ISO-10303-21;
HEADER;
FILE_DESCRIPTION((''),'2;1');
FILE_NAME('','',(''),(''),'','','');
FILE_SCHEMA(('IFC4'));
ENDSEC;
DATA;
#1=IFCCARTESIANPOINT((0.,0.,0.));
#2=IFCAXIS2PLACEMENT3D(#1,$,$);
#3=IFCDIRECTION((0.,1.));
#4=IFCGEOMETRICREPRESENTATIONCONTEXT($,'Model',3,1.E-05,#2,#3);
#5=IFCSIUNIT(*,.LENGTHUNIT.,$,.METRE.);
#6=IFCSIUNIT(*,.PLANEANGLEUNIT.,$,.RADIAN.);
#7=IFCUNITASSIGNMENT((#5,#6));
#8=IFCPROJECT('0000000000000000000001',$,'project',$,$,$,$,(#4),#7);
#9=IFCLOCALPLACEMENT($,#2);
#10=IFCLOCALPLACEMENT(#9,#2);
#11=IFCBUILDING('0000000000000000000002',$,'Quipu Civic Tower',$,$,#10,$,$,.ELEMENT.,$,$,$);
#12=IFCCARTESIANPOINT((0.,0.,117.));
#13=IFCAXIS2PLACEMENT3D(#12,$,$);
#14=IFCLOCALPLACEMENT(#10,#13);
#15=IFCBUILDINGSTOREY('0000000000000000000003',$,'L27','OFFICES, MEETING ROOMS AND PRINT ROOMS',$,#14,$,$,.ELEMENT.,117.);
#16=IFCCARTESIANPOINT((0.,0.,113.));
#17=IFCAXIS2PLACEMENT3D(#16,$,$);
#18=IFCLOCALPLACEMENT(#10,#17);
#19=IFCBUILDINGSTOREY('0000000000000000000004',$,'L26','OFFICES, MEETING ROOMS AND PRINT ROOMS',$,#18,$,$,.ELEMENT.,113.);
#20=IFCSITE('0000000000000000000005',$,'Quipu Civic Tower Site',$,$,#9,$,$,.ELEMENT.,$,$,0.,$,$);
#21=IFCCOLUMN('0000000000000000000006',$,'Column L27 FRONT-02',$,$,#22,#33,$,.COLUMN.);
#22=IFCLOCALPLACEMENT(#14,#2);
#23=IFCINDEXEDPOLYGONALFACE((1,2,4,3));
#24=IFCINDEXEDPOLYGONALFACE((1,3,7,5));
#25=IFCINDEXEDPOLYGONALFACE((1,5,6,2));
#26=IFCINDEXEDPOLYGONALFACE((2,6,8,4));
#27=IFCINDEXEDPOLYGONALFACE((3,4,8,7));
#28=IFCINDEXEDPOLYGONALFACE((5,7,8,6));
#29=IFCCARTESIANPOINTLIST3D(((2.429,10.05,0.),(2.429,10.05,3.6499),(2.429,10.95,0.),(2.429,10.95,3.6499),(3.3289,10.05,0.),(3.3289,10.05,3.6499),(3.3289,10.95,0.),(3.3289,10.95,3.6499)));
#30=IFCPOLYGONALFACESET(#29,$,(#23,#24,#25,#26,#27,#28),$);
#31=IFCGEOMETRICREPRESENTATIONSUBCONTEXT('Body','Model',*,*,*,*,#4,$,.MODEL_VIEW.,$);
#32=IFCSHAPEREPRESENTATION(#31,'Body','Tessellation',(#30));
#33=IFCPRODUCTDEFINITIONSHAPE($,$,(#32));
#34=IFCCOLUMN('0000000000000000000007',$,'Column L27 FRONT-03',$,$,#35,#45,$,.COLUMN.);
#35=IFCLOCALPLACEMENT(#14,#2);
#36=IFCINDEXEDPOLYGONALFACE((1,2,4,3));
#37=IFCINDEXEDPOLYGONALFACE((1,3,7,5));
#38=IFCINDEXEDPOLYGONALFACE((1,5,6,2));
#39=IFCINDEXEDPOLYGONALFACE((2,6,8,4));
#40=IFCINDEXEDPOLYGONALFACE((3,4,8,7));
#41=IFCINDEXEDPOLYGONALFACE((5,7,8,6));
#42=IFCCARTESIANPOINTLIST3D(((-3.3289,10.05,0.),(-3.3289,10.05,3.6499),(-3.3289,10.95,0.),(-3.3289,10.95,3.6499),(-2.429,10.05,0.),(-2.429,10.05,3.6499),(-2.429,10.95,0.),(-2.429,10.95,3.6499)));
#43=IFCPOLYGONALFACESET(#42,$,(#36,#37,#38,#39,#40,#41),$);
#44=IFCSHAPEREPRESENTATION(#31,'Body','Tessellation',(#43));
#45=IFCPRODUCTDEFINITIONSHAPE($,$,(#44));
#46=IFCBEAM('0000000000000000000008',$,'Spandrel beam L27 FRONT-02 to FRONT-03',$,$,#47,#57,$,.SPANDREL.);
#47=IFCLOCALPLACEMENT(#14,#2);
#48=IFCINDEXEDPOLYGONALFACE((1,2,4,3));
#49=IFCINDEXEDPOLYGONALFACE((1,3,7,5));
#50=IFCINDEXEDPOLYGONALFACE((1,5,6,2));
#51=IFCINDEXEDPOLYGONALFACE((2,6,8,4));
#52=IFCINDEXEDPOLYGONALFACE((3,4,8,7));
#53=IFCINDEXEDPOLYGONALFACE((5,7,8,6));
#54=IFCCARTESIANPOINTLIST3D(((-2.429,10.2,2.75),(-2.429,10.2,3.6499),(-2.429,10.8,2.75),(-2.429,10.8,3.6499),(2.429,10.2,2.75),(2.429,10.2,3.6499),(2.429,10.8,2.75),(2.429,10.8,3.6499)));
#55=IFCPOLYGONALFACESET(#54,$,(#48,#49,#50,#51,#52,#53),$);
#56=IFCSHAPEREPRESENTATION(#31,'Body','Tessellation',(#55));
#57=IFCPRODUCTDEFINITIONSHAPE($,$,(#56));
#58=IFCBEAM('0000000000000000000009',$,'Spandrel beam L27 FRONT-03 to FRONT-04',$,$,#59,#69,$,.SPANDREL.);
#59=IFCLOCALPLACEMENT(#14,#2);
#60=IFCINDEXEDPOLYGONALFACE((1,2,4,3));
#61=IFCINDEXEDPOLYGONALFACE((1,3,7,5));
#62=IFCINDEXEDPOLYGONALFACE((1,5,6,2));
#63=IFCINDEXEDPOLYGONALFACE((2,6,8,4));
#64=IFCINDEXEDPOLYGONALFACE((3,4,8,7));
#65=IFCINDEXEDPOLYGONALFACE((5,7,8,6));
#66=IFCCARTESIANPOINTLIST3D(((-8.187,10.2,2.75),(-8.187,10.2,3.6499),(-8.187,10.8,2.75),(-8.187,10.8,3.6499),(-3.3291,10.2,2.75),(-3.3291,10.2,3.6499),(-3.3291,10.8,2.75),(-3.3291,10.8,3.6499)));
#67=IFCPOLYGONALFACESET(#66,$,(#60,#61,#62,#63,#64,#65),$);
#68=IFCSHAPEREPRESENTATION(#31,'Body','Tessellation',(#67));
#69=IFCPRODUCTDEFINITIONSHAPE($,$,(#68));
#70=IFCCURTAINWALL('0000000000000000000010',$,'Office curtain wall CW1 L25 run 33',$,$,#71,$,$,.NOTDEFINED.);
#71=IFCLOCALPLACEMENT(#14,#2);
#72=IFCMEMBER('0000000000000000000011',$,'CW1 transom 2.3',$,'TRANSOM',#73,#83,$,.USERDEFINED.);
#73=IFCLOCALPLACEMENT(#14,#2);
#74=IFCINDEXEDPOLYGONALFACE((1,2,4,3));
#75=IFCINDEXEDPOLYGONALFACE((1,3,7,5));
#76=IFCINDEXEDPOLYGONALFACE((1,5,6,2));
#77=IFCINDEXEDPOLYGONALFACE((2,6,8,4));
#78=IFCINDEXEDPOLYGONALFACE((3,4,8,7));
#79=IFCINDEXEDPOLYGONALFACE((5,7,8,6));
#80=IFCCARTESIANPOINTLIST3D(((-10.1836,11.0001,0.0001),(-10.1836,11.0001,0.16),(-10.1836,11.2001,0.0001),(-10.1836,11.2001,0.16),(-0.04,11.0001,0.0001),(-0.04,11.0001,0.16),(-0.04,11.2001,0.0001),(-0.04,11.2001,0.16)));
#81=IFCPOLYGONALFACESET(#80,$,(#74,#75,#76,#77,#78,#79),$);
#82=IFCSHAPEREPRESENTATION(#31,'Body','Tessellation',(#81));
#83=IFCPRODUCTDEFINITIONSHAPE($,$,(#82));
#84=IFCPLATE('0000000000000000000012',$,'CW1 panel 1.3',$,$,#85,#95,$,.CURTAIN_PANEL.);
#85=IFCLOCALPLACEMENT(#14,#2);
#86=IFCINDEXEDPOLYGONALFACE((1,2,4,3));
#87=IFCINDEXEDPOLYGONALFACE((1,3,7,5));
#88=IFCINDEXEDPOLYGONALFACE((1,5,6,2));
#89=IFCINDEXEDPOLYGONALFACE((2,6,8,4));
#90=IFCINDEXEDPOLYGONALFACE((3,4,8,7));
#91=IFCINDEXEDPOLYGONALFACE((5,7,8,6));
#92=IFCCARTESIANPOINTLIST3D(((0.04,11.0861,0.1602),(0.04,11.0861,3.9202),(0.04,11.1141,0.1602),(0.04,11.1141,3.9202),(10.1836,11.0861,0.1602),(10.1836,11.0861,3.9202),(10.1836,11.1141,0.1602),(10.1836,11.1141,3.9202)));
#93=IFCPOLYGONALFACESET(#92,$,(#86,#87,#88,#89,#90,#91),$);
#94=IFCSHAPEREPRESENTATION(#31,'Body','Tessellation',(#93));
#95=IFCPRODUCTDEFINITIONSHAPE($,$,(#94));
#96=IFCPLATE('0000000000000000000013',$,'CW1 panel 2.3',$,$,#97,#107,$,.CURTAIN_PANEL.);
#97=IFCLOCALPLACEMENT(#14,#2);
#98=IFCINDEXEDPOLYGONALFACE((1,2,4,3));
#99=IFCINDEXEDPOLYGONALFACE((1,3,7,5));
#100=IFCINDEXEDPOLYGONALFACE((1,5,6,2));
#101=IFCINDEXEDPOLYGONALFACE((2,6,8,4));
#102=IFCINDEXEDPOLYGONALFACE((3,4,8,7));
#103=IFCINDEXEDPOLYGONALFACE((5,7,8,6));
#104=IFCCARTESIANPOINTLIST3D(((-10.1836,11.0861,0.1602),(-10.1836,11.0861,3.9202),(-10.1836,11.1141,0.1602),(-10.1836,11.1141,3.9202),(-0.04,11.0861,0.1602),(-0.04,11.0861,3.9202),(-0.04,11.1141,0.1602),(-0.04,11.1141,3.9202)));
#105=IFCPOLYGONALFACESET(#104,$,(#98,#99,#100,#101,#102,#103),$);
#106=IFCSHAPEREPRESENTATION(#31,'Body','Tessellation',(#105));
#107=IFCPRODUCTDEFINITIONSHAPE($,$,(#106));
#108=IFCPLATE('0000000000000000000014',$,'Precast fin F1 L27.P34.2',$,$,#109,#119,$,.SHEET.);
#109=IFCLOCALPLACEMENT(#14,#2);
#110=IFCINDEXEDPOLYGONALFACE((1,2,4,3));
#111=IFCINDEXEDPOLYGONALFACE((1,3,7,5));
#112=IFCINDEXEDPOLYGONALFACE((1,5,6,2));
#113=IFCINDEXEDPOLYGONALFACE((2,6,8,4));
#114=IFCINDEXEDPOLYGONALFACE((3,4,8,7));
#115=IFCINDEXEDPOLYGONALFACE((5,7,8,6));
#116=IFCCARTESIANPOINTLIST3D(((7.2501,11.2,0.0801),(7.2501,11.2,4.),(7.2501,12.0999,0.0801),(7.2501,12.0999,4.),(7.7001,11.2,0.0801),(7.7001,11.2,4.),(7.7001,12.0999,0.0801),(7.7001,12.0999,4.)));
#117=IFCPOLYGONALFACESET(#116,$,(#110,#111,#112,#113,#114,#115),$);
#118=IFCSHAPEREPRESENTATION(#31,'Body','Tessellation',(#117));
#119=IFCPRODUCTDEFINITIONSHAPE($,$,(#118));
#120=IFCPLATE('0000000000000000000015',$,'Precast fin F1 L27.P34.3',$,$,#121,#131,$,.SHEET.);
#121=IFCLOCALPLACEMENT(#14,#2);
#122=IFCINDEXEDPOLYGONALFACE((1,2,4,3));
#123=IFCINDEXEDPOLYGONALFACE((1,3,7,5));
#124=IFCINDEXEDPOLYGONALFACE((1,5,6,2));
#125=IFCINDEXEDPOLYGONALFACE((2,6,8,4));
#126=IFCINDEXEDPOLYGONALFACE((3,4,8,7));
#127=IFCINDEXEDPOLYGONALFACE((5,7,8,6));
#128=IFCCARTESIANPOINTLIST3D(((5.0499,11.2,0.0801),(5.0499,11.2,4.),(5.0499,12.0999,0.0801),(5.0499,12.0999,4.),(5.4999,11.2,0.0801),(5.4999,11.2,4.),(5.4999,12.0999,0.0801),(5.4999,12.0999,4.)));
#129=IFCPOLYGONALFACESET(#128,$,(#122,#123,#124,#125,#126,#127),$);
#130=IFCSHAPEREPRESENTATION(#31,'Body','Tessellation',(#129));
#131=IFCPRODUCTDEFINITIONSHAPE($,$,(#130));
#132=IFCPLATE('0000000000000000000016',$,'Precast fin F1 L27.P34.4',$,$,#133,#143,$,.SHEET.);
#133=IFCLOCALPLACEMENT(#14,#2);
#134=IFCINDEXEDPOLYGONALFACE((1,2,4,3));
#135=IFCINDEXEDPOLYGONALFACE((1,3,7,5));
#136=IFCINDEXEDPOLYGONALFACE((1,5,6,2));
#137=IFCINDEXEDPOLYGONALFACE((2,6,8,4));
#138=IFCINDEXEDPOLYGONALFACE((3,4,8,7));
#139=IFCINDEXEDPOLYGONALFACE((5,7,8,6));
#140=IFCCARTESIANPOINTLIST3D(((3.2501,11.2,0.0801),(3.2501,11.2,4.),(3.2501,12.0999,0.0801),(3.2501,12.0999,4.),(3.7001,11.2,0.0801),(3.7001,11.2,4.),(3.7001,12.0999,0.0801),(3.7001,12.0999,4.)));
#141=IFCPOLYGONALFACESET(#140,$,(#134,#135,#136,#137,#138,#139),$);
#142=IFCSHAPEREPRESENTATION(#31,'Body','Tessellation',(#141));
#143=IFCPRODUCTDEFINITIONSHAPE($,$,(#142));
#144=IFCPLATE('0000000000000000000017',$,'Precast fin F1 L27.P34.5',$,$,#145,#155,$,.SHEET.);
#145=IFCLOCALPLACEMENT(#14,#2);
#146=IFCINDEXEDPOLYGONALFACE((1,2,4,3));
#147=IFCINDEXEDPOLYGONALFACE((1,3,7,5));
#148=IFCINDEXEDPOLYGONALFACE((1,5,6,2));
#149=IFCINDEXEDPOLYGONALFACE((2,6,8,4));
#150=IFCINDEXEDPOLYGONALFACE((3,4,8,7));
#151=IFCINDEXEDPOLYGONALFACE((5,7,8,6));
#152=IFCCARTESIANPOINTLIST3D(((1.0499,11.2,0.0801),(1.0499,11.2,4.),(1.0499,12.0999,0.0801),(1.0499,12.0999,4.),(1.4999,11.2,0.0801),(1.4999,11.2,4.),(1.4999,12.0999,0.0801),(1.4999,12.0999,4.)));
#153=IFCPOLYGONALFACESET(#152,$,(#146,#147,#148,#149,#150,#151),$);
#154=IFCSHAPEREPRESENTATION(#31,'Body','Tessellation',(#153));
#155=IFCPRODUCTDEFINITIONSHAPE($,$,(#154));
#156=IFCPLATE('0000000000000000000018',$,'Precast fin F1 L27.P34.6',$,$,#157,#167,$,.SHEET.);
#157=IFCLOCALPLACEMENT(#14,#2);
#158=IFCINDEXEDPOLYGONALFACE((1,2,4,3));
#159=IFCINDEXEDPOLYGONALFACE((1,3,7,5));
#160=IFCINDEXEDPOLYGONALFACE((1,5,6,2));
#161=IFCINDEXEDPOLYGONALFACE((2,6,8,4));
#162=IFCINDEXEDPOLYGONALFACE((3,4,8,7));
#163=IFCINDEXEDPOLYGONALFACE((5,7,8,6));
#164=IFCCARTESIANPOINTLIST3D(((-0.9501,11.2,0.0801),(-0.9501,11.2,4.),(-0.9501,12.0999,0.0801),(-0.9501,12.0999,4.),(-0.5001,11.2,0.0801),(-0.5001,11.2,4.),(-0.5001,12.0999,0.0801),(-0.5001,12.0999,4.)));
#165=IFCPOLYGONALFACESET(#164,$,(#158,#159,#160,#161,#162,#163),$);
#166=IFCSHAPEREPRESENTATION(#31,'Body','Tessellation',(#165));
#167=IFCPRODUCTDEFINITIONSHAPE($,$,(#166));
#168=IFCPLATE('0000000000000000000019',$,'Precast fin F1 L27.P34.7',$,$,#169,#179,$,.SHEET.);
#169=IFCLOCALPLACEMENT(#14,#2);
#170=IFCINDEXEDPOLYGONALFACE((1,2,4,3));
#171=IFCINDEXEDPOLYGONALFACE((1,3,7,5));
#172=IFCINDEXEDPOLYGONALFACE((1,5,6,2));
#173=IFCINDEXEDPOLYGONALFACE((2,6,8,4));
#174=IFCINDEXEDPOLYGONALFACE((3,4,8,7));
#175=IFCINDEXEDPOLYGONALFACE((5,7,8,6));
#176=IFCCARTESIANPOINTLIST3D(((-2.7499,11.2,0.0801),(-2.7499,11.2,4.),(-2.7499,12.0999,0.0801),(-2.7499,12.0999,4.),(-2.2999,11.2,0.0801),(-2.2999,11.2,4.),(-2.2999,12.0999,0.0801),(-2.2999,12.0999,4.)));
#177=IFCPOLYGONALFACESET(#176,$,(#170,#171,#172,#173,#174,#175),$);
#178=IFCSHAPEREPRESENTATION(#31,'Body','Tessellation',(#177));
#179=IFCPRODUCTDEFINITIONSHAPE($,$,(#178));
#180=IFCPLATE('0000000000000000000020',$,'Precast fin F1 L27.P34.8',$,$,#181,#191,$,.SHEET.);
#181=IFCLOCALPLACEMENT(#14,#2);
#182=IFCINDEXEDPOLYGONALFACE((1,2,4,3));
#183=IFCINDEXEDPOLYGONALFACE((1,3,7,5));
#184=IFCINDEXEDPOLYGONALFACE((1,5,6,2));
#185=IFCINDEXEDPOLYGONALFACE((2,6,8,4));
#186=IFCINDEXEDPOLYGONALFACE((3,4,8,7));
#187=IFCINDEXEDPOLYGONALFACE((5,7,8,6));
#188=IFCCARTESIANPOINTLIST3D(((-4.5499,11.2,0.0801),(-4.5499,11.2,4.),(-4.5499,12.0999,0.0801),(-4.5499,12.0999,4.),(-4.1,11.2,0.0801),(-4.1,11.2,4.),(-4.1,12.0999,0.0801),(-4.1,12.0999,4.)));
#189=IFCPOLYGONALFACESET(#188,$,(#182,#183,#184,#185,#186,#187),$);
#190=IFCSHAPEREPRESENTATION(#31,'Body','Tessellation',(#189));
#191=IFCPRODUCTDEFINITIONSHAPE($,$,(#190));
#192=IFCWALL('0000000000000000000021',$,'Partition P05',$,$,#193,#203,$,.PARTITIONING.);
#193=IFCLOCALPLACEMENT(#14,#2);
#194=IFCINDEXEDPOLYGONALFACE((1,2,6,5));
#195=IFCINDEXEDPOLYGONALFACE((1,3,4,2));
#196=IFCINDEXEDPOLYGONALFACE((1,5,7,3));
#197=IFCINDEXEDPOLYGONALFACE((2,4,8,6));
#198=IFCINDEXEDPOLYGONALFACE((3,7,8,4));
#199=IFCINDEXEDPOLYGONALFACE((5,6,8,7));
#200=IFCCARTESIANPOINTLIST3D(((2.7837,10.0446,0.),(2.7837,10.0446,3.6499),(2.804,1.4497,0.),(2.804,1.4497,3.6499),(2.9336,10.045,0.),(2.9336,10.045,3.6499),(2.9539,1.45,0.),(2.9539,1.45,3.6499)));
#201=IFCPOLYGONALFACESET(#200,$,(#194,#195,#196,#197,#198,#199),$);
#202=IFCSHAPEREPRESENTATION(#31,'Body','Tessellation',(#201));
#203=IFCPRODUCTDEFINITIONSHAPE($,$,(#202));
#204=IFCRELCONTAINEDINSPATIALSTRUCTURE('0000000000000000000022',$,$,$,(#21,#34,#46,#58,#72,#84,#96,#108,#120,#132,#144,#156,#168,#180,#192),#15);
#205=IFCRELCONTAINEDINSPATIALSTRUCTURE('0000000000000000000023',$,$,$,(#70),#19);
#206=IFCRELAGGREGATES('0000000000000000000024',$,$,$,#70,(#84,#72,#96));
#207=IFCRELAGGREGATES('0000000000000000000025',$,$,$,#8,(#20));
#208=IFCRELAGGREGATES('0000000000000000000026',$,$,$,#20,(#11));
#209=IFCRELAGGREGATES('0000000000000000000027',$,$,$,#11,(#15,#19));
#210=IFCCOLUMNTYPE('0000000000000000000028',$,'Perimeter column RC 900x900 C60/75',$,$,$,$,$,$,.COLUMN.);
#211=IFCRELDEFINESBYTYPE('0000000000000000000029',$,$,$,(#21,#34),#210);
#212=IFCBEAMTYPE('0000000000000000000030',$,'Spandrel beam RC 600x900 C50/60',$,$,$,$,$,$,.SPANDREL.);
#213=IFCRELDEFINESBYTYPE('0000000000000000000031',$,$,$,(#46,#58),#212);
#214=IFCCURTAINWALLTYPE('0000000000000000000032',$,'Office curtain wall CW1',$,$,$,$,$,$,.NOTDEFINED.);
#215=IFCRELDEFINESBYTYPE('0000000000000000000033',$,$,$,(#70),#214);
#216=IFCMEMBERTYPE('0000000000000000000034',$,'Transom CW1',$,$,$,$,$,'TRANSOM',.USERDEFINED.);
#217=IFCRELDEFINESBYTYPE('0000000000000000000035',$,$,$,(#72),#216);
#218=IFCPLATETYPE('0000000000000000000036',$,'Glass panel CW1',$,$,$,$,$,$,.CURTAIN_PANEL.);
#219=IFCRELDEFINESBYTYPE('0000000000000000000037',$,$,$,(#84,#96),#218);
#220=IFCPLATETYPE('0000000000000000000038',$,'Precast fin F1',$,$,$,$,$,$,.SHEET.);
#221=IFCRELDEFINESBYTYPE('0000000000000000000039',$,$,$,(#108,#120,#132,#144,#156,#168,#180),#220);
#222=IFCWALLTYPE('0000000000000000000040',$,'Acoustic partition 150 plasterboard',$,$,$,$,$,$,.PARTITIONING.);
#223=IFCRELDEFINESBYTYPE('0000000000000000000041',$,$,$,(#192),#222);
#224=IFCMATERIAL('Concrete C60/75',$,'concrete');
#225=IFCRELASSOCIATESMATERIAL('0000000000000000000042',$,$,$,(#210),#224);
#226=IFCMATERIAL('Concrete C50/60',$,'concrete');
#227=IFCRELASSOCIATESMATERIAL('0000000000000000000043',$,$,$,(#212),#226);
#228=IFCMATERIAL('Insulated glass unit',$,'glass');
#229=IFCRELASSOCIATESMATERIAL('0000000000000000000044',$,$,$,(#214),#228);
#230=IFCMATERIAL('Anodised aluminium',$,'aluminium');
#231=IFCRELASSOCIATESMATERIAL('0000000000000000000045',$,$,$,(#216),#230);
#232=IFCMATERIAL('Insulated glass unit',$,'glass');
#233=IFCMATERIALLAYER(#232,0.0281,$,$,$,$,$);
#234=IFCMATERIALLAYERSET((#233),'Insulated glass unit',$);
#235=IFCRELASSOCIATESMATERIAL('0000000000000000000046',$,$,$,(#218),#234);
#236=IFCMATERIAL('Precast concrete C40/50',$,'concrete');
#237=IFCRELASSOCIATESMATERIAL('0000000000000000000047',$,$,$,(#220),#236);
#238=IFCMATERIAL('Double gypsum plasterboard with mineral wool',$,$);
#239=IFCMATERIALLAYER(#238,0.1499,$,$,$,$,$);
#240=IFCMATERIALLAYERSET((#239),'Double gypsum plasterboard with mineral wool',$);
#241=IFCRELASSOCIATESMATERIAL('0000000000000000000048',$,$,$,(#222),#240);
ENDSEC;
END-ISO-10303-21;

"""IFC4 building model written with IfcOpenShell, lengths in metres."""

from ifc_helpers import new_model, si_unit, direction, frame, frame_2d, origin, origin_2d, place, context, subcontext, project, spatial, rectangle, extrude, material, layer, layer_set, material_profile, profile_set, type_object, element, aggregate, save


model = new_model("IFC4")

# Units and contexts
model_context = context("Model", 3, precision=1e-05, world=origin(), true_north=direction((0.0, 1.0)))
body_context = subcontext(model_context, "Body", "Model", "MODEL_VIEW")
ifc_project = project(units=[si_unit("LENGTHUNIT", "METRE"), si_unit("PLANEANGLEUNIT", "RADIAN")], contexts=[model_context])

# Site, building, storey
site_placement = place(None, origin())
site = spatial("IfcSite", under=ifc_project, at=site_placement, Name="Quipu Civic Tower Site", CompositionType="ELEMENT", RefElevation=0.0)
building_placement = place(site_placement, origin())
building = spatial("IfcBuilding", under=site, at=building_placement, Name="Quipu Civic Tower", CompositionType="ELEMENT")
storey_1_placement = place(building_placement, frame((0.0, 0.0, 117.0)))
storey_1 = spatial("IfcBuildingStorey", under=building, at=storey_1_placement, Name="L27", Description="OFFICES, MEETING ROOMS AND PRINT ROOMS", CompositionType="ELEMENT", Elevation=117.0)

# Columns
ifc_material_1 = material(Name="Concrete C60/75", Category="concrete")
ifc_material_profile_1 = material_profile(ifc_material_1, rectangle(XDim=0.8999, YDim=0.8999, at=origin_2d()), Name="RC900x900")
ifc_profile_set_1 = profile_set([ifc_material_profile_1], Name="Concrete C60/75")
column_type = type_object("IfcColumnType", Name="Perimeter column RC 900x900 C60/75", PredefinedType="COLUMN", material=ifc_profile_set_1)
for number, where, z_axis, x_axis, name in (
    (1, (2.8789, 10.5, 0.0), (0.0, 0.0, 1.0), (-1.0, 0.0, 0.0), "Column L27 FRONT-02"),
    (2, (-2.8789, 10.5, 0.0), (0.0, 0.0, 1.0), (-1.0, 0.0, 0.0), "Column L27 FRONT-03"),
):
    element("IfcColumn", number, at=place(storey_1_placement, frame(where, z_axis=z_axis, x_axis=x_axis)), inside=storey_1, type_object=column_type, Name=name, PredefinedType="COLUMN", context=body_context, shape_type="SweptSolid", body=[
        extrude(rectangle(XDim=0.8999, YDim=0.8999, at=origin_2d()), origin(), (0.0, 0.0, 1.0), 3.6499),
    ])

# Beams
ifc_material_2 = material(Name="Concrete C50/60", Category="concrete")
ifc_material_profile_2 = material_profile(ifc_material_2, rectangle(XDim=0.6001, YDim=0.8999, at=origin_2d()), Name="RC600x900")
ifc_profile_set_2 = profile_set([ifc_material_profile_2], Name="Concrete C50/60")
beam_type = type_object("IfcBeamType", Name="Spandrel beam RC 600x900 C50/60", PredefinedType="SPANDREL", material=ifc_profile_set_2)
for number, where, z_axis, x_axis, name in (
    (3, (2.429, 10.5, 3.2), (-1.0, 0.0, 0.0), (0.0, -1.0, 0.0), "Spandrel beam L27 FRONT-02 to FRONT-03"),
    (4, (-3.3291, 10.5, 3.2), (-1.0, 0.0, 0.0), (0.0, -1.0, 0.0), "Spandrel beam L27 FRONT-03 to FRONT-04"),
):
    element("IfcBeam", number, at=place(storey_1_placement, frame(where, z_axis=z_axis, x_axis=x_axis)), inside=storey_1, type_object=beam_type, Name=name, PredefinedType="SPANDREL", context=body_context, shape_type="SweptSolid", body=[
        extrude(rectangle(XDim=0.6001, YDim=0.8999, at=origin_2d()), origin(), (0.0, 0.0, 1.0), 4.8579),
    ])

# Shared definitions
storey_2_placement = place(building_placement, frame((0.0, 0.0, 113.0)))
storey_2 = spatial("IfcBuildingStorey", under=building, at=storey_2_placement, Name="L26", Description="OFFICES, MEETING ROOMS AND PRINT ROOMS", CompositionType="ELEMENT", Elevation=113.0)

# Curtain wall, member, plates
ifc_material_3 = material(Name="Insulated glass unit", Category="glass")
curtain_wall_type = type_object("IfcCurtainWallType", Name="Office curtain wall CW1", PredefinedType="NOTDEFINED", material=ifc_material_3)
curtain_wall_placement = place(storey_2_placement, origin())
curtain_wall = element("IfcCurtainWall", 5, at=curtain_wall_placement, inside=storey_2, type_object=curtain_wall_type, Name="Office curtain wall CW1 L25 run 33", PredefinedType="NOTDEFINED")
ifc_material_4 = material(Name="Anodised aluminium", Category="aluminium")
ifc_material_profile_3 = material_profile(ifc_material_4, rectangle(XDim=0.2, YDim=0.1599, at=origin_2d()), Name="RECT 200x160")
ifc_profile_set_3 = profile_set([ifc_material_profile_3], Name="Anodised aluminium")
member_type = type_object("IfcMemberType", Name="Transom CW1", ElementType="TRANSOM", PredefinedType="USERDEFINED", material=ifc_profile_set_3)
member_placement = place(storey_1_placement, frame((-0.04, 11.1001, 0.0801), z_axis=(-1.0, 0.0, 0.0), x_axis=(0.0, -1.0, 0.0)))
member = element("IfcMember", 6, at=member_placement, inside=storey_1, type_object=member_type, Name="CW1 transom 2.3", ObjectType="TRANSOM", PredefinedType="USERDEFINED", context=body_context, shape_type="SweptSolid", body=[
    extrude(rectangle(XDim=0.2, YDim=0.1599, at=origin_2d()), origin(), (0.0, 0.0, 1.0), 10.1436),
])
ifc_material_5 = material(Name="Insulated glass unit", Category="glass")
ifc_layer_1 = layer(ifc_material_5, 0.0281)
ifc_layer_set_1 = layer_set([ifc_layer_1], Name="Insulated glass unit")
plate_type_1 = type_object("IfcPlateType", Name="Glass panel CW1", PredefinedType="CURTAIN_PANEL", material=ifc_layer_set_1)
plate_1_placement = place(storey_1_placement, frame((5.1118, 11.1001, 0.1602), z_axis=(0.0, 0.0, 1.0), x_axis=(-1.0, 0.0, 0.0)))
plate_1 = element("IfcPlate", 7, at=plate_1_placement, inside=storey_1, type_object=plate_type_1, Name="CW1 panel 1.3", PredefinedType="CURTAIN_PANEL", context=body_context, shape_type="SweptSolid", body=[
    extrude(rectangle(XDim=10.1436, YDim=0.0281, at=origin_2d()), origin(), (0.0, 0.0, 1.0), 3.76),
])
plate_2_placement = place(storey_1_placement, frame((-5.1118, 11.1001, 0.1602), z_axis=(0.0, 0.0, 1.0), x_axis=(-1.0, 0.0, 0.0)))
plate_2 = element("IfcPlate", 8, at=plate_2_placement, inside=storey_1, type_object=plate_type_1, Name="CW1 panel 2.3", PredefinedType="CURTAIN_PANEL", context=body_context, shape_type="SweptSolid", body=[
    extrude(rectangle(XDim=10.1436, YDim=0.0281, at=origin_2d()), origin(), (0.0, 0.0, 1.0), 3.76),
])
aggregate(curtain_wall, [plate_1, member, plate_2])

# Plates
ifc_material_6 = material(Name="Precast concrete C40/50", Category="concrete")
plate_type_2 = type_object("IfcPlateType", Name="Precast fin F1", PredefinedType="SHEET", material=ifc_material_6)
for number, where, z_axis, x_axis, name in (
    (9, (7.4751, 11.6499, 0.0801), (0.0, 0.0, 1.0), (-1.0, 0.0, 0.0), "Precast fin F1 L27.P34.2"),
    (10, (5.2749, 11.6499, 0.0801), (0.0, 0.0, 1.0), (-1.0, 0.0, 0.0), "Precast fin F1 L27.P34.3"),
    (11, (3.4751, 11.6499, 0.0801), (0.0, 0.0, 1.0), (-1.0, 0.0, 0.0), "Precast fin F1 L27.P34.4"),
    (12, (1.2749, 11.6499, 0.0801), (0.0, 0.0, 1.0), (-1.0, 0.0, 0.0), "Precast fin F1 L27.P34.5"),
    (13, (-0.7251, 11.6499, 0.0801), (0.0, 0.0, 1.0), (-1.0, 0.0, 0.0), "Precast fin F1 L27.P34.6"),
    (14, (-2.5249, 11.6499, 0.0801), (0.0, 0.0, 1.0), (-1.0, 0.0, 0.0), "Precast fin F1 L27.P34.7"),
    (15, (-4.325, 11.6499, 0.0801), (0.0, 0.0, 1.0), (-1.0, 0.0, 0.0), "Precast fin F1 L27.P34.8"),
):
    element("IfcPlate", number, at=place(storey_1_placement, frame(where, z_axis=z_axis, x_axis=x_axis)), inside=storey_1, type_object=plate_type_2, Name=name, PredefinedType="SHEET", context=body_context, shape_type="SweptSolid", body=[
        extrude(rectangle(XDim=0.45, YDim=0.8999, at=origin_2d()), origin(), (0.0, 0.0, 1.0), 3.9199),
    ])

# Wall
ifc_material_7 = material(Name="Double gypsum plasterboard with mineral wool")
ifc_layer_2 = layer(ifc_material_7, 0.1499)
ifc_layer_set_2 = layer_set([ifc_layer_2], Name="Double gypsum plasterboard with mineral wool")
wall_type_1 = type_object("IfcWallType", Name="Acoustic partition 150 plasterboard", PredefinedType="PARTITIONING", material=ifc_layer_set_2)
wall_1_placement = place(storey_1_placement, frame((2.8789, 1.45, 0.0), z_axis=(0.0, 0.0, 1.0), x_axis=(-0.002358, 0.999997, 0.0)))
element("IfcWall", 16, at=wall_1_placement, inside=storey_1, type_object=wall_type_1, Name="Partition P05", PredefinedType="PARTITIONING", context=body_context, shape_type="SweptSolid", body=[
    extrude(rectangle(XDim=8.595, YDim=0.1499, at=frame_2d((4.2974, 0.0))), origin(), (0.0, 0.0, 1.0), 3.6499),
])

save(model, "model.ifc")
